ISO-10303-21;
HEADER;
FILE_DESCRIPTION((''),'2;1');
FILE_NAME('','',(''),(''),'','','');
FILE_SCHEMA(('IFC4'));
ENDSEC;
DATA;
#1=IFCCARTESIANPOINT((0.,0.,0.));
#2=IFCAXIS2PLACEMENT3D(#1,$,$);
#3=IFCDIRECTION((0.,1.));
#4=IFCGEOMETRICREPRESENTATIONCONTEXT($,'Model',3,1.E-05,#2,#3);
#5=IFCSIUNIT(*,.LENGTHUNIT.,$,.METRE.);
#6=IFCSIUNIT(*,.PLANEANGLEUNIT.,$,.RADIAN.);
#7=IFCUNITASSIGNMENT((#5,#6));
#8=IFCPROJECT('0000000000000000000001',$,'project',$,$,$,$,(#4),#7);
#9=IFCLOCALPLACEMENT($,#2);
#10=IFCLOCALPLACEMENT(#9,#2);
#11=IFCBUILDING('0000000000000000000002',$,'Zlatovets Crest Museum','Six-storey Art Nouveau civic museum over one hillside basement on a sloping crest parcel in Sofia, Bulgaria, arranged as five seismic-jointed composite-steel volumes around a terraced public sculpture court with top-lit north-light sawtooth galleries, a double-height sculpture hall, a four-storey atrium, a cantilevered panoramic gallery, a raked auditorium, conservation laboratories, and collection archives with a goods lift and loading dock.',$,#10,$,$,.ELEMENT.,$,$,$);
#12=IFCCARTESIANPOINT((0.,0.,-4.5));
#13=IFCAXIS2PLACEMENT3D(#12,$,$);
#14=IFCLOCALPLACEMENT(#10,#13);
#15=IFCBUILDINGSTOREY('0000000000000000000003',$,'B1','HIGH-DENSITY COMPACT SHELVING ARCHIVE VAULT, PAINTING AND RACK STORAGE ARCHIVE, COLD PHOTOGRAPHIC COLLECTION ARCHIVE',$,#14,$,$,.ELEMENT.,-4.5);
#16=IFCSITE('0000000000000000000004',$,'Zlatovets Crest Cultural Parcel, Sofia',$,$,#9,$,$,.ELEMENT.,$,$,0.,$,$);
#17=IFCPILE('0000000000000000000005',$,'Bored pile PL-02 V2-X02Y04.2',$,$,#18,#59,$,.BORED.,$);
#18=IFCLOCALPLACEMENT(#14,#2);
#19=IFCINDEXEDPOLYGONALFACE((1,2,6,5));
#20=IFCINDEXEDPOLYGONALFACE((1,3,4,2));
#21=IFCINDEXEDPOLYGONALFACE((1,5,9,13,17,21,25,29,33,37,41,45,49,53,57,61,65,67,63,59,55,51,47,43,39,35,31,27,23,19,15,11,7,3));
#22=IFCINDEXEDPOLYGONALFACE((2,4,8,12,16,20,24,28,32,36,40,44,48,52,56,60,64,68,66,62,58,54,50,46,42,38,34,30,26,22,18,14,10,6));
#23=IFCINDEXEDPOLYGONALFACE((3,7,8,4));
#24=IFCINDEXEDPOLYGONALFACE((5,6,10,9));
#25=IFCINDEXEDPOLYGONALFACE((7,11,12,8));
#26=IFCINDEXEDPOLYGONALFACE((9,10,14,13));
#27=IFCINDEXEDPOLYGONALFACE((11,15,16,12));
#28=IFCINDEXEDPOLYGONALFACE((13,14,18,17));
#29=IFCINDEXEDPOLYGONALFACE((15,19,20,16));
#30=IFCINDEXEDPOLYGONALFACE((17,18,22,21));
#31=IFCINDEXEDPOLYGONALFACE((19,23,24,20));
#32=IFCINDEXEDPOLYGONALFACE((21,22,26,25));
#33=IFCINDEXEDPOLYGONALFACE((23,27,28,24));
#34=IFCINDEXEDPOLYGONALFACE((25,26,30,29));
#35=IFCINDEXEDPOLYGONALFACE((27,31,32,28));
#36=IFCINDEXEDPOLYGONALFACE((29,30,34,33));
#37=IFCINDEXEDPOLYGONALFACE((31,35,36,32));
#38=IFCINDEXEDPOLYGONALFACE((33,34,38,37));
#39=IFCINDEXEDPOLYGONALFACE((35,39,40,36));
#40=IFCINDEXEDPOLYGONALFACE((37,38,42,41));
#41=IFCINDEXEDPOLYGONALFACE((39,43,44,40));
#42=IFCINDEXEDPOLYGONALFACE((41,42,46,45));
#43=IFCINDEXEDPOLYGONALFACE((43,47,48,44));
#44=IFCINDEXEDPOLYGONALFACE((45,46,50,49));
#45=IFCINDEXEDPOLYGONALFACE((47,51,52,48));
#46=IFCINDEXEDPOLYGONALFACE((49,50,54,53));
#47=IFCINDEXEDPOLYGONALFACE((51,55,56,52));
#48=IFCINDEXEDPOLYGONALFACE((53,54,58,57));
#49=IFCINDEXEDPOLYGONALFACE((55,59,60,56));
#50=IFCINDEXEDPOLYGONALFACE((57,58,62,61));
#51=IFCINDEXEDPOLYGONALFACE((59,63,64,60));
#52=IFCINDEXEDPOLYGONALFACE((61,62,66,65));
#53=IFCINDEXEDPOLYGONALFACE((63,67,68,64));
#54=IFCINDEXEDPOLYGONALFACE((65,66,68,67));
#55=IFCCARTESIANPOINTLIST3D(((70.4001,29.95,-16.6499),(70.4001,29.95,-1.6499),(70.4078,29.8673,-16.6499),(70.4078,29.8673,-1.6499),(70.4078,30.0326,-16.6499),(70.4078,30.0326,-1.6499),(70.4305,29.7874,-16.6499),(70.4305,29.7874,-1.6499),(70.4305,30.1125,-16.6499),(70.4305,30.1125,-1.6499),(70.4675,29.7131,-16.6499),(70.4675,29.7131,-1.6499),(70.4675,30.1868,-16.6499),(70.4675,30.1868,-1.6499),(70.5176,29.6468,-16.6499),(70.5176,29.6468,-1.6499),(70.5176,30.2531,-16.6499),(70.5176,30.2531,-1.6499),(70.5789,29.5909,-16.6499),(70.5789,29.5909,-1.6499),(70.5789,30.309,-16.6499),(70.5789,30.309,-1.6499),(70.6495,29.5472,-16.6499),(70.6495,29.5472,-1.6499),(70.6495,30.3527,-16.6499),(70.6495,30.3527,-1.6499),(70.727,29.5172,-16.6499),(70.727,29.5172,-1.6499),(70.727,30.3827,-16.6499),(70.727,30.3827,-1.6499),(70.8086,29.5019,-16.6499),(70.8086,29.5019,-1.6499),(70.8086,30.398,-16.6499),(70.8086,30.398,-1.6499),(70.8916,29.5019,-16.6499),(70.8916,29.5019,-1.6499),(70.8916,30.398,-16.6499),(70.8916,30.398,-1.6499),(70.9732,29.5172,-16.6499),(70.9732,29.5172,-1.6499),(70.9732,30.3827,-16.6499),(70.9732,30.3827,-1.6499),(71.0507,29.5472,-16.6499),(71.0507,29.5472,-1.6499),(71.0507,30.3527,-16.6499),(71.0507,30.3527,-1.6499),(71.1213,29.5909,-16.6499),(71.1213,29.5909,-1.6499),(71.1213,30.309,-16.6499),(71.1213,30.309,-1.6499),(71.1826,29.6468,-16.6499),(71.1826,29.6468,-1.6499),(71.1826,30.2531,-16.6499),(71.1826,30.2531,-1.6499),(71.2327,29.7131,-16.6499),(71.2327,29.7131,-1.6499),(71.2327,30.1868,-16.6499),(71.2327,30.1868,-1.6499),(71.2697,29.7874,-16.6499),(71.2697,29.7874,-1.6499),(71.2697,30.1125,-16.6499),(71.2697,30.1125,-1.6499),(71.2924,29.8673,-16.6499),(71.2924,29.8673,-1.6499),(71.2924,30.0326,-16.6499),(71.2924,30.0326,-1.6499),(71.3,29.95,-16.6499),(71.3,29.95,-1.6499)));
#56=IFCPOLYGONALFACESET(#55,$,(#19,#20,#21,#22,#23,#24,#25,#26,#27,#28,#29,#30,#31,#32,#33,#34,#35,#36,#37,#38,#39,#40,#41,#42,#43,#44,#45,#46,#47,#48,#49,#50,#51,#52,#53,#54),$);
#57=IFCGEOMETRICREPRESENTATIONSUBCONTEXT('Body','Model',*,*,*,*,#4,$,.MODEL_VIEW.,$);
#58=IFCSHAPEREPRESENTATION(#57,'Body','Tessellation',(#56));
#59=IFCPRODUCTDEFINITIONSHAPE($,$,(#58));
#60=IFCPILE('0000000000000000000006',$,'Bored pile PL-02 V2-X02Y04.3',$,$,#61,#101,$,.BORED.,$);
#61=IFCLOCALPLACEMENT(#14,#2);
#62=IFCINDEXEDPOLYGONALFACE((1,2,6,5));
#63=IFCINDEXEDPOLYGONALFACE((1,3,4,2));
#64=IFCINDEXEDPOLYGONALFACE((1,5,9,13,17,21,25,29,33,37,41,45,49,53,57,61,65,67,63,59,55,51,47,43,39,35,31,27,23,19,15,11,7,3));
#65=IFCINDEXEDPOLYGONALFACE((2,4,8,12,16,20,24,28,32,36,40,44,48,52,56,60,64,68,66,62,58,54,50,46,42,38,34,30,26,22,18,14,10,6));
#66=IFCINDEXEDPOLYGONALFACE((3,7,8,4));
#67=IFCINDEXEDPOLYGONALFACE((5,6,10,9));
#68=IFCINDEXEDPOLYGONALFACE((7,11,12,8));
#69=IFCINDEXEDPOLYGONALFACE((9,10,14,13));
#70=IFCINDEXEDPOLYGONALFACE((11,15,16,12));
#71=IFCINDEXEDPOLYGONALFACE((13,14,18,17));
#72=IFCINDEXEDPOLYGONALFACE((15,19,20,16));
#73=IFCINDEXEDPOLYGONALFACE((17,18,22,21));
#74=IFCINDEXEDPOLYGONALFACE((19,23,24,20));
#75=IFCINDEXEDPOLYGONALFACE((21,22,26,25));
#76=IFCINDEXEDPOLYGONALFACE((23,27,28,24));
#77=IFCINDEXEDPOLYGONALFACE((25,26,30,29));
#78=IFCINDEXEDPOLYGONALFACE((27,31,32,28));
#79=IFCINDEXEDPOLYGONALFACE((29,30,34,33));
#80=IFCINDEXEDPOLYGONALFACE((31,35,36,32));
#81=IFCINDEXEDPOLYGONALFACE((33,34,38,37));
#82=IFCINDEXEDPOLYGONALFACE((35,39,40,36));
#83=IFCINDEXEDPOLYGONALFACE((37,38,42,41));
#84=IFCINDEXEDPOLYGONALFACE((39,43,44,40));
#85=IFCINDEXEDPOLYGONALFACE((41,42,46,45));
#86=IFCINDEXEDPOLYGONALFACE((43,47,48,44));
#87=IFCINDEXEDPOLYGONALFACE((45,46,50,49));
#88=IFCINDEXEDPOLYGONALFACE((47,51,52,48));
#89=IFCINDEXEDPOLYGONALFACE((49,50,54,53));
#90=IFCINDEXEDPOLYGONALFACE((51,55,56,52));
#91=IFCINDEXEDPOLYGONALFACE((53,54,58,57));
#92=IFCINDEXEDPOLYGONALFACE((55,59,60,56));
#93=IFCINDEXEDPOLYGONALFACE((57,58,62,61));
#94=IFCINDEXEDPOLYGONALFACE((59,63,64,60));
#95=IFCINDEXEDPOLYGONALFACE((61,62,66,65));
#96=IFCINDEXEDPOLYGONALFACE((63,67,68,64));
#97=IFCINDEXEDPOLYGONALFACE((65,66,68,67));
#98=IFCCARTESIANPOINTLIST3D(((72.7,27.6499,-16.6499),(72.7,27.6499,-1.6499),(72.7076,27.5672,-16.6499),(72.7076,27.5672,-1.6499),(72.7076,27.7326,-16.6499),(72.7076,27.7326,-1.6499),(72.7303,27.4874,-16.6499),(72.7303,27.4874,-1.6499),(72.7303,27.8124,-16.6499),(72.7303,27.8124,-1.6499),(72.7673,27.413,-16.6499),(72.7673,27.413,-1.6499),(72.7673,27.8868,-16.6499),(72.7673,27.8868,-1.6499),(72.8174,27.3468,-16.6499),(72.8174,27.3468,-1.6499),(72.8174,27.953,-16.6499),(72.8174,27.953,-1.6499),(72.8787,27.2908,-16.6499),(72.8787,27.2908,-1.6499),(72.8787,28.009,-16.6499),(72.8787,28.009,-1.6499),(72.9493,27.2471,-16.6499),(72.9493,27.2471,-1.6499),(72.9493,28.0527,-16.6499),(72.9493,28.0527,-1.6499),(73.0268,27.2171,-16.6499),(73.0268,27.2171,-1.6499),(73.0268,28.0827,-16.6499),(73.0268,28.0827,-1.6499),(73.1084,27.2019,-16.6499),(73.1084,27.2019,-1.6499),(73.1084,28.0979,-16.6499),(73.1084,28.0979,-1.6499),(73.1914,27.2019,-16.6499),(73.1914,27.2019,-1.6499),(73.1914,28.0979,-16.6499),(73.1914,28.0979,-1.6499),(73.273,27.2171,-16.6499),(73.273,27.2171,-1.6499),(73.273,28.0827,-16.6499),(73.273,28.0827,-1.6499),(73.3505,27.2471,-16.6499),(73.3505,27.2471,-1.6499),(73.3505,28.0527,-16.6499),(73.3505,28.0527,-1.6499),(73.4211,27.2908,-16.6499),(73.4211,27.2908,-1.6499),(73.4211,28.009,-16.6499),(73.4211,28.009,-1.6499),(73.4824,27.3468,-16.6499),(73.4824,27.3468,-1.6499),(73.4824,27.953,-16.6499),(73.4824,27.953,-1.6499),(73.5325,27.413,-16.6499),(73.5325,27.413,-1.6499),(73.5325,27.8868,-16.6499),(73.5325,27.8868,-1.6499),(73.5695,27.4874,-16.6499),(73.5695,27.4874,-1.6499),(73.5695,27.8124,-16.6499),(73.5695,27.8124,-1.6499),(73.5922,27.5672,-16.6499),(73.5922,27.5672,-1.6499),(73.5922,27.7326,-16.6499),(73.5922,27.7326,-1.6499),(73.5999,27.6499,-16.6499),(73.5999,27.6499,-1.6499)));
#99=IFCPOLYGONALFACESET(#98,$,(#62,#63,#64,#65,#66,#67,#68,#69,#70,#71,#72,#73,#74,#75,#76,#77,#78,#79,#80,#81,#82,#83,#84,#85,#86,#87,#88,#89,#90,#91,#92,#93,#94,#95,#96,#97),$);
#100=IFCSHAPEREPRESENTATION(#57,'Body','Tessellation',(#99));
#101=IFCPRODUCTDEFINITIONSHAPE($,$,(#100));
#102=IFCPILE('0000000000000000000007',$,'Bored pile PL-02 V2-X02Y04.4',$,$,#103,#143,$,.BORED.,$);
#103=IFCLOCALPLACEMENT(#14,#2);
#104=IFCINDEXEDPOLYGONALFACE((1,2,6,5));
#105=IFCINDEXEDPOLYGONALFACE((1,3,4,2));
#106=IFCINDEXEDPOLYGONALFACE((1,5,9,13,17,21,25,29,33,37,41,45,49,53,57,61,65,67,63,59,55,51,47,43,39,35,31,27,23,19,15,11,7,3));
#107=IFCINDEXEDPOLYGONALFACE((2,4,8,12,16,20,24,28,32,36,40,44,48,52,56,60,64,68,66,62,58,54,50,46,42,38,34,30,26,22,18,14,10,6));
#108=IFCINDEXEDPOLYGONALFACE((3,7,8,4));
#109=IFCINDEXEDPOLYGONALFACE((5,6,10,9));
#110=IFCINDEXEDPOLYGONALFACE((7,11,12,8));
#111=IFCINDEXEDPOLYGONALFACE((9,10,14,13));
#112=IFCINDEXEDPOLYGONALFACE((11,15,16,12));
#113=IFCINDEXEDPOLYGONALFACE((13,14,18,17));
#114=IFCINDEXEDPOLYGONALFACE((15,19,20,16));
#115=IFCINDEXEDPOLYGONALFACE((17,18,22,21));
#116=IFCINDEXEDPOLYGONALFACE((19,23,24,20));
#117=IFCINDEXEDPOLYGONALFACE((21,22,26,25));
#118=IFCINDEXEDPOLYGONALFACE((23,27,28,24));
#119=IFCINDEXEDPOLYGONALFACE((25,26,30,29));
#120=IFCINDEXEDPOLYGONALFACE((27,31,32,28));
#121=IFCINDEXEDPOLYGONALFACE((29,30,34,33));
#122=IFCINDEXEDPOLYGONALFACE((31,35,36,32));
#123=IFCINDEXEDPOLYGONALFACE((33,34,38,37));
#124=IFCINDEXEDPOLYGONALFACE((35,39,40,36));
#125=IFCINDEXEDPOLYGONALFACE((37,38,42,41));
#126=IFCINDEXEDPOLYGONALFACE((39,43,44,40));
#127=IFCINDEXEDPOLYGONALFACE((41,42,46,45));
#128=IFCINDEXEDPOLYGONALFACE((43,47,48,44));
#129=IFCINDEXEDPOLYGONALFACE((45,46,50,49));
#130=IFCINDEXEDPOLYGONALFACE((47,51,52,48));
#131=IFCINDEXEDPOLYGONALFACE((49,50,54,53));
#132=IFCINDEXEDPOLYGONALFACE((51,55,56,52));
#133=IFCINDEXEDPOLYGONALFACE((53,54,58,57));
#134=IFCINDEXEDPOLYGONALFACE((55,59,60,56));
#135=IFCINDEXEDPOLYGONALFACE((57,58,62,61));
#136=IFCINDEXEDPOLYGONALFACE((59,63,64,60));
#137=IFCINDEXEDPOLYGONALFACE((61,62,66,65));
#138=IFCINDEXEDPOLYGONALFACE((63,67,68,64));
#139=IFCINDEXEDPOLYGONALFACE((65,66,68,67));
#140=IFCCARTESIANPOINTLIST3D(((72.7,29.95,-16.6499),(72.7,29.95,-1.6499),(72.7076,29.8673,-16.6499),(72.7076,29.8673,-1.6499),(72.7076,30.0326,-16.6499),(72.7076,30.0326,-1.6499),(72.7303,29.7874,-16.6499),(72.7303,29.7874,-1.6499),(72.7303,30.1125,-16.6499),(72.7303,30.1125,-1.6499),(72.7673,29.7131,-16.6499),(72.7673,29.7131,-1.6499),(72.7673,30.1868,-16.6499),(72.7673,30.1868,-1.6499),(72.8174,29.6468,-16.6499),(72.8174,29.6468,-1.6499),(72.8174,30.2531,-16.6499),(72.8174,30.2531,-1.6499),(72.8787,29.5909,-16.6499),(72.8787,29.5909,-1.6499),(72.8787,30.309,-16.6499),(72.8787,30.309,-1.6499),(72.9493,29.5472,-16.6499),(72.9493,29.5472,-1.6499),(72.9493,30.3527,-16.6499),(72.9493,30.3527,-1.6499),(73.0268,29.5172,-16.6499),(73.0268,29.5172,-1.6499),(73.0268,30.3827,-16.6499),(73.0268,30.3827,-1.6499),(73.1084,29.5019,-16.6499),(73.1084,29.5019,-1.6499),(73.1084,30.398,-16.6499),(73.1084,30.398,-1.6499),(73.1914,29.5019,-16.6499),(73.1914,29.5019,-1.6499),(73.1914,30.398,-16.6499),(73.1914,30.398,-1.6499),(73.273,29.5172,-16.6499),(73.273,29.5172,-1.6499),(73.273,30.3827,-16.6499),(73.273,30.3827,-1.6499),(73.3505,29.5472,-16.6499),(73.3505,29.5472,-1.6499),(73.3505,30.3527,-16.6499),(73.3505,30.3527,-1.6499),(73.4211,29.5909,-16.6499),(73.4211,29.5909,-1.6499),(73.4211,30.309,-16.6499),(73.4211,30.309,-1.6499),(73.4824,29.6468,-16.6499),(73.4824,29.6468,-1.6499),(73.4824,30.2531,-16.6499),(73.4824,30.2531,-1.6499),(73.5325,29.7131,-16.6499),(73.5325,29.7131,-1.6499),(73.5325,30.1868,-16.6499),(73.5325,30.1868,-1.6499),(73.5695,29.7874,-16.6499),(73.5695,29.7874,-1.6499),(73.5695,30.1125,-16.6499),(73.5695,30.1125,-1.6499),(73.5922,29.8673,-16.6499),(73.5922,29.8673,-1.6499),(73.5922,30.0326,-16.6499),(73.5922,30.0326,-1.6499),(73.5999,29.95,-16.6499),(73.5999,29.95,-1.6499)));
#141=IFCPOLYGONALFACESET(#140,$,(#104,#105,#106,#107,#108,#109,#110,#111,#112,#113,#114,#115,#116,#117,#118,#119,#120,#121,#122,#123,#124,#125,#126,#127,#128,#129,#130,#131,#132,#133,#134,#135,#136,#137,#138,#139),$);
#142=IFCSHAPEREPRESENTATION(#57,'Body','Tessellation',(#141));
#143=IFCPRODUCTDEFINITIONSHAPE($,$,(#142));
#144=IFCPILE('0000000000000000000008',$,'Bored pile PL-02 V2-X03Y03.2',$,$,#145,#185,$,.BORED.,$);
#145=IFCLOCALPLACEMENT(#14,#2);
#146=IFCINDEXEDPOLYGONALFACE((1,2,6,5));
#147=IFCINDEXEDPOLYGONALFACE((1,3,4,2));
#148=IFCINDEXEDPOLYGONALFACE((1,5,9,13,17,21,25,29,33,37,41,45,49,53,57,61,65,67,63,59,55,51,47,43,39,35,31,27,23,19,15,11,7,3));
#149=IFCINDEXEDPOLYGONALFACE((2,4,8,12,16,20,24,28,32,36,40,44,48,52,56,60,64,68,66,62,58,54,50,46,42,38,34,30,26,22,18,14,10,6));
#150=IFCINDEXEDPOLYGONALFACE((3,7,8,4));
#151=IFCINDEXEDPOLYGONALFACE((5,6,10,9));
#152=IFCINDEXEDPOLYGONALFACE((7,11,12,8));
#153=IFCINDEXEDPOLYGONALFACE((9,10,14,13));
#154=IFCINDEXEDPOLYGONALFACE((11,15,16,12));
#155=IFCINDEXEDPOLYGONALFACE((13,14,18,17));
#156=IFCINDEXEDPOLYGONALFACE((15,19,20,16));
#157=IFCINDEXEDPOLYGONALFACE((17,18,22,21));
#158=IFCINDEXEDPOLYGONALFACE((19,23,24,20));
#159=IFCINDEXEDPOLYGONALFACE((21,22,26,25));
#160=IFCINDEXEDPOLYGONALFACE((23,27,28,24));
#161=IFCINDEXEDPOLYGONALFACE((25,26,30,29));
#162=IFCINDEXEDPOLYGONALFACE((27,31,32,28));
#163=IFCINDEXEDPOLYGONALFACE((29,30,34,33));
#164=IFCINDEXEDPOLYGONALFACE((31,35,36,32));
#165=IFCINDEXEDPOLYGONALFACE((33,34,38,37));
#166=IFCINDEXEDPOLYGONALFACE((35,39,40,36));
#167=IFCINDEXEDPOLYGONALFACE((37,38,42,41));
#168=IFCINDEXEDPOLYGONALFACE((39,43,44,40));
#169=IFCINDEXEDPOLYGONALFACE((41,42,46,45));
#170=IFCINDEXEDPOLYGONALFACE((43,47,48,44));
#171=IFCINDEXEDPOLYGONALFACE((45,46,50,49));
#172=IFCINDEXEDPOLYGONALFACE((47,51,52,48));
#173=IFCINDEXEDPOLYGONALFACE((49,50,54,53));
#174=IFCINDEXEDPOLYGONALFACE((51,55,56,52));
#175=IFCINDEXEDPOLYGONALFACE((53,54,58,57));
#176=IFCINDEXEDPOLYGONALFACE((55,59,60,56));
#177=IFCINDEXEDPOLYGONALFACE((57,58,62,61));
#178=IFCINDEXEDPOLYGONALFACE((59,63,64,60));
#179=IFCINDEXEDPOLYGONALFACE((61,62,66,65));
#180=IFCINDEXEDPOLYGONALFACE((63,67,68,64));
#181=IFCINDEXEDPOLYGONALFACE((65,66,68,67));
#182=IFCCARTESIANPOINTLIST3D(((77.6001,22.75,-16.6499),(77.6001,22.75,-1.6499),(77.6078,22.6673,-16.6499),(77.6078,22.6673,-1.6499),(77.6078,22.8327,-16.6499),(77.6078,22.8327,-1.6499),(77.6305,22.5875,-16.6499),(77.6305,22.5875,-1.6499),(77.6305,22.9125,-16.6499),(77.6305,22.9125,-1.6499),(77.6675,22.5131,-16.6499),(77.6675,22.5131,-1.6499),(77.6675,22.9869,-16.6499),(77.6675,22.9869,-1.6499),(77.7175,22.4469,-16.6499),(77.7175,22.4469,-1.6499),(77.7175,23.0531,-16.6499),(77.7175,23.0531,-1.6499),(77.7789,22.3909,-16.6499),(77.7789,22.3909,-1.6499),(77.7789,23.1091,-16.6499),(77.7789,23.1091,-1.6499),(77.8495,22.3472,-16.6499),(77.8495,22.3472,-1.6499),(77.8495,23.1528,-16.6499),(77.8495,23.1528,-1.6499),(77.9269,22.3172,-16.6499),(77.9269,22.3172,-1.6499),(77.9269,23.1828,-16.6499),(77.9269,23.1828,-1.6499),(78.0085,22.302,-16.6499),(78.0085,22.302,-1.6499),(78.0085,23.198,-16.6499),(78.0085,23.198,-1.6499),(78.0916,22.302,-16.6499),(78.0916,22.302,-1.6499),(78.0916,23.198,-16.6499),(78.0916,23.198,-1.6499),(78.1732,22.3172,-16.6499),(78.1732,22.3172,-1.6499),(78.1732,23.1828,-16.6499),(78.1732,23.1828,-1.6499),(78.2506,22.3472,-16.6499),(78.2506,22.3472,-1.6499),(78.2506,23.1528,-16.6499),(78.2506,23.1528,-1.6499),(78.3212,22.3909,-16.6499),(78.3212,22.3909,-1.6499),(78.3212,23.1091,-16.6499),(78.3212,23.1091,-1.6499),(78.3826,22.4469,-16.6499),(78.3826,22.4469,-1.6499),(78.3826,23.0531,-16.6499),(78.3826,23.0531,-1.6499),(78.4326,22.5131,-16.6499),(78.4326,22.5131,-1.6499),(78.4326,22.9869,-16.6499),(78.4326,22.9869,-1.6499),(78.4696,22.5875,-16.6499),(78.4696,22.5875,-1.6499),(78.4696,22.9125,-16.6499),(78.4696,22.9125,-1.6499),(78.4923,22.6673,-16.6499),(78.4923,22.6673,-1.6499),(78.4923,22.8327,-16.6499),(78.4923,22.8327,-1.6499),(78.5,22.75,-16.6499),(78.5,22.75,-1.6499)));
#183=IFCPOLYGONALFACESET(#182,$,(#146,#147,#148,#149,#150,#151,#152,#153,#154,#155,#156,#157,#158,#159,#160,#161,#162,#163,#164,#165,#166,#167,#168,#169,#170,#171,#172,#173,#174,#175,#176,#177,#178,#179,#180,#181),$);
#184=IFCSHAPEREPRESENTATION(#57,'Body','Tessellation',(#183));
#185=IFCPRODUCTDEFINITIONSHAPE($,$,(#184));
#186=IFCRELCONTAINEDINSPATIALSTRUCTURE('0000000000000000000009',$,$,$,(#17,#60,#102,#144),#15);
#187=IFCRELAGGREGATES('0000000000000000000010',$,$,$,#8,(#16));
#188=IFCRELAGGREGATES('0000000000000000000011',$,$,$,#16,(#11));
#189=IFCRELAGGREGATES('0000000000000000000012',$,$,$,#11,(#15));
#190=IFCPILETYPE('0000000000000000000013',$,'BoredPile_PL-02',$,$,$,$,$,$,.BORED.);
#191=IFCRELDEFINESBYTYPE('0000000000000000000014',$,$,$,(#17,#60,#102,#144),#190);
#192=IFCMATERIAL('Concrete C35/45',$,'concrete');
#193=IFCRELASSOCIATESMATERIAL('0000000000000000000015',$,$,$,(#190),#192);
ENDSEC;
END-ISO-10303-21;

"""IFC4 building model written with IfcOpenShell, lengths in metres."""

from ifc_helpers import new_model, si_unit, direction, frame, origin, origin_2d, place, context, subcontext, project, spatial, circle, extrude, material, material_profile, profile_set, type_object, element, save


model = new_model("IFC4")

# Units and contexts
model_context = context("Model", 3, precision=1e-05, world=origin(), true_north=direction((0.0, 1.0)))
body_context = subcontext(model_context, "Body", "Model", "MODEL_VIEW")
ifc_project = project(units=[si_unit("LENGTHUNIT", "METRE"), si_unit("PLANEANGLEUNIT", "RADIAN")], contexts=[model_context])

# Site, building, storey
site_placement = place(None, origin())
site = spatial("IfcSite", under=ifc_project, at=site_placement, Name="Zlatovets Crest Cultural Parcel, Sofia", CompositionType="ELEMENT", RefElevation=0.0)
building_placement = place(site_placement, origin())
building = spatial("IfcBuilding", under=site, at=building_placement, Name="Zlatovets Crest Museum", Description="Six-storey Art Nouveau civic museum over one hillside basement on a sloping crest parcel in Sofia, Bulgaria, arranged as five seismic-jointed composite-steel volumes around a terraced public sculpture court with top-lit north-light sawtooth galleries, a double-height sculpture hall, a four-storey atrium, a cantilevered panoramic gallery, a raked auditorium, conservation laboratories, and collection archives with a goods lift and loading dock.", CompositionType="ELEMENT")
storey_placement = place(building_placement, frame((0.0, 0.0, -4.5)))
storey = spatial("IfcBuildingStorey", under=building, at=storey_placement, Name="B1", Description="HIGH-DENSITY COMPACT SHELVING ARCHIVE VAULT, PAINTING AND RACK STORAGE ARCHIVE, COLD PHOTOGRAPHIC COLLECTION ARCHIVE", CompositionType="ELEMENT", Elevation=-4.5)

# Piles
ifc_material_1 = material(Name="Concrete C35/45", Category="concrete")
ifc_material_profile_1 = material_profile(ifc_material_1, circle(Radius=0.45, at=origin_2d()), Name="PILE D900")
ifc_profile_set_1 = profile_set([ifc_material_profile_1], Name="Concrete C35/45")
pile_type_1 = type_object("IfcPileType", Name="BoredPile_PL-02", PredefinedType="BORED", material=ifc_profile_set_1)
for number, where, z_axis, x_axis, name in (
    (1, (70.8501, 29.95, -1.6499), (0.0, 0.0, -1.0), (1.0, 0.0, 0.0), "Bored pile PL-02 V2-X02Y04.2"),
    (2, (73.1499, 27.6499, -1.6499), (0.0, 0.0, -1.0), (1.0, 0.0, 0.0), "Bored pile PL-02 V2-X02Y04.3"),
    (3, (73.1499, 29.95, -1.6499), (0.0, 0.0, -1.0), (1.0, 0.0, 0.0), "Bored pile PL-02 V2-X02Y04.4"),
    (4, (78.05, 22.75, -1.6499), (0.0, 0.0, -1.0), (1.0, 0.0, 0.0), "Bored pile PL-02 V2-X03Y03.2"),
):
    element("IfcPile", number, at=place(storey_placement, frame(where, z_axis=z_axis, x_axis=x_axis)), inside=storey, type_object=pile_type_1, Name=name, PredefinedType="BORED", context=body_context, shape_type="SweptSolid", body=[
        extrude(circle(Radius=0.45, at=origin_2d()), origin(), (0.0, 0.0, 1.0), 15.0),
    ])

save(model, "model.ifc")
